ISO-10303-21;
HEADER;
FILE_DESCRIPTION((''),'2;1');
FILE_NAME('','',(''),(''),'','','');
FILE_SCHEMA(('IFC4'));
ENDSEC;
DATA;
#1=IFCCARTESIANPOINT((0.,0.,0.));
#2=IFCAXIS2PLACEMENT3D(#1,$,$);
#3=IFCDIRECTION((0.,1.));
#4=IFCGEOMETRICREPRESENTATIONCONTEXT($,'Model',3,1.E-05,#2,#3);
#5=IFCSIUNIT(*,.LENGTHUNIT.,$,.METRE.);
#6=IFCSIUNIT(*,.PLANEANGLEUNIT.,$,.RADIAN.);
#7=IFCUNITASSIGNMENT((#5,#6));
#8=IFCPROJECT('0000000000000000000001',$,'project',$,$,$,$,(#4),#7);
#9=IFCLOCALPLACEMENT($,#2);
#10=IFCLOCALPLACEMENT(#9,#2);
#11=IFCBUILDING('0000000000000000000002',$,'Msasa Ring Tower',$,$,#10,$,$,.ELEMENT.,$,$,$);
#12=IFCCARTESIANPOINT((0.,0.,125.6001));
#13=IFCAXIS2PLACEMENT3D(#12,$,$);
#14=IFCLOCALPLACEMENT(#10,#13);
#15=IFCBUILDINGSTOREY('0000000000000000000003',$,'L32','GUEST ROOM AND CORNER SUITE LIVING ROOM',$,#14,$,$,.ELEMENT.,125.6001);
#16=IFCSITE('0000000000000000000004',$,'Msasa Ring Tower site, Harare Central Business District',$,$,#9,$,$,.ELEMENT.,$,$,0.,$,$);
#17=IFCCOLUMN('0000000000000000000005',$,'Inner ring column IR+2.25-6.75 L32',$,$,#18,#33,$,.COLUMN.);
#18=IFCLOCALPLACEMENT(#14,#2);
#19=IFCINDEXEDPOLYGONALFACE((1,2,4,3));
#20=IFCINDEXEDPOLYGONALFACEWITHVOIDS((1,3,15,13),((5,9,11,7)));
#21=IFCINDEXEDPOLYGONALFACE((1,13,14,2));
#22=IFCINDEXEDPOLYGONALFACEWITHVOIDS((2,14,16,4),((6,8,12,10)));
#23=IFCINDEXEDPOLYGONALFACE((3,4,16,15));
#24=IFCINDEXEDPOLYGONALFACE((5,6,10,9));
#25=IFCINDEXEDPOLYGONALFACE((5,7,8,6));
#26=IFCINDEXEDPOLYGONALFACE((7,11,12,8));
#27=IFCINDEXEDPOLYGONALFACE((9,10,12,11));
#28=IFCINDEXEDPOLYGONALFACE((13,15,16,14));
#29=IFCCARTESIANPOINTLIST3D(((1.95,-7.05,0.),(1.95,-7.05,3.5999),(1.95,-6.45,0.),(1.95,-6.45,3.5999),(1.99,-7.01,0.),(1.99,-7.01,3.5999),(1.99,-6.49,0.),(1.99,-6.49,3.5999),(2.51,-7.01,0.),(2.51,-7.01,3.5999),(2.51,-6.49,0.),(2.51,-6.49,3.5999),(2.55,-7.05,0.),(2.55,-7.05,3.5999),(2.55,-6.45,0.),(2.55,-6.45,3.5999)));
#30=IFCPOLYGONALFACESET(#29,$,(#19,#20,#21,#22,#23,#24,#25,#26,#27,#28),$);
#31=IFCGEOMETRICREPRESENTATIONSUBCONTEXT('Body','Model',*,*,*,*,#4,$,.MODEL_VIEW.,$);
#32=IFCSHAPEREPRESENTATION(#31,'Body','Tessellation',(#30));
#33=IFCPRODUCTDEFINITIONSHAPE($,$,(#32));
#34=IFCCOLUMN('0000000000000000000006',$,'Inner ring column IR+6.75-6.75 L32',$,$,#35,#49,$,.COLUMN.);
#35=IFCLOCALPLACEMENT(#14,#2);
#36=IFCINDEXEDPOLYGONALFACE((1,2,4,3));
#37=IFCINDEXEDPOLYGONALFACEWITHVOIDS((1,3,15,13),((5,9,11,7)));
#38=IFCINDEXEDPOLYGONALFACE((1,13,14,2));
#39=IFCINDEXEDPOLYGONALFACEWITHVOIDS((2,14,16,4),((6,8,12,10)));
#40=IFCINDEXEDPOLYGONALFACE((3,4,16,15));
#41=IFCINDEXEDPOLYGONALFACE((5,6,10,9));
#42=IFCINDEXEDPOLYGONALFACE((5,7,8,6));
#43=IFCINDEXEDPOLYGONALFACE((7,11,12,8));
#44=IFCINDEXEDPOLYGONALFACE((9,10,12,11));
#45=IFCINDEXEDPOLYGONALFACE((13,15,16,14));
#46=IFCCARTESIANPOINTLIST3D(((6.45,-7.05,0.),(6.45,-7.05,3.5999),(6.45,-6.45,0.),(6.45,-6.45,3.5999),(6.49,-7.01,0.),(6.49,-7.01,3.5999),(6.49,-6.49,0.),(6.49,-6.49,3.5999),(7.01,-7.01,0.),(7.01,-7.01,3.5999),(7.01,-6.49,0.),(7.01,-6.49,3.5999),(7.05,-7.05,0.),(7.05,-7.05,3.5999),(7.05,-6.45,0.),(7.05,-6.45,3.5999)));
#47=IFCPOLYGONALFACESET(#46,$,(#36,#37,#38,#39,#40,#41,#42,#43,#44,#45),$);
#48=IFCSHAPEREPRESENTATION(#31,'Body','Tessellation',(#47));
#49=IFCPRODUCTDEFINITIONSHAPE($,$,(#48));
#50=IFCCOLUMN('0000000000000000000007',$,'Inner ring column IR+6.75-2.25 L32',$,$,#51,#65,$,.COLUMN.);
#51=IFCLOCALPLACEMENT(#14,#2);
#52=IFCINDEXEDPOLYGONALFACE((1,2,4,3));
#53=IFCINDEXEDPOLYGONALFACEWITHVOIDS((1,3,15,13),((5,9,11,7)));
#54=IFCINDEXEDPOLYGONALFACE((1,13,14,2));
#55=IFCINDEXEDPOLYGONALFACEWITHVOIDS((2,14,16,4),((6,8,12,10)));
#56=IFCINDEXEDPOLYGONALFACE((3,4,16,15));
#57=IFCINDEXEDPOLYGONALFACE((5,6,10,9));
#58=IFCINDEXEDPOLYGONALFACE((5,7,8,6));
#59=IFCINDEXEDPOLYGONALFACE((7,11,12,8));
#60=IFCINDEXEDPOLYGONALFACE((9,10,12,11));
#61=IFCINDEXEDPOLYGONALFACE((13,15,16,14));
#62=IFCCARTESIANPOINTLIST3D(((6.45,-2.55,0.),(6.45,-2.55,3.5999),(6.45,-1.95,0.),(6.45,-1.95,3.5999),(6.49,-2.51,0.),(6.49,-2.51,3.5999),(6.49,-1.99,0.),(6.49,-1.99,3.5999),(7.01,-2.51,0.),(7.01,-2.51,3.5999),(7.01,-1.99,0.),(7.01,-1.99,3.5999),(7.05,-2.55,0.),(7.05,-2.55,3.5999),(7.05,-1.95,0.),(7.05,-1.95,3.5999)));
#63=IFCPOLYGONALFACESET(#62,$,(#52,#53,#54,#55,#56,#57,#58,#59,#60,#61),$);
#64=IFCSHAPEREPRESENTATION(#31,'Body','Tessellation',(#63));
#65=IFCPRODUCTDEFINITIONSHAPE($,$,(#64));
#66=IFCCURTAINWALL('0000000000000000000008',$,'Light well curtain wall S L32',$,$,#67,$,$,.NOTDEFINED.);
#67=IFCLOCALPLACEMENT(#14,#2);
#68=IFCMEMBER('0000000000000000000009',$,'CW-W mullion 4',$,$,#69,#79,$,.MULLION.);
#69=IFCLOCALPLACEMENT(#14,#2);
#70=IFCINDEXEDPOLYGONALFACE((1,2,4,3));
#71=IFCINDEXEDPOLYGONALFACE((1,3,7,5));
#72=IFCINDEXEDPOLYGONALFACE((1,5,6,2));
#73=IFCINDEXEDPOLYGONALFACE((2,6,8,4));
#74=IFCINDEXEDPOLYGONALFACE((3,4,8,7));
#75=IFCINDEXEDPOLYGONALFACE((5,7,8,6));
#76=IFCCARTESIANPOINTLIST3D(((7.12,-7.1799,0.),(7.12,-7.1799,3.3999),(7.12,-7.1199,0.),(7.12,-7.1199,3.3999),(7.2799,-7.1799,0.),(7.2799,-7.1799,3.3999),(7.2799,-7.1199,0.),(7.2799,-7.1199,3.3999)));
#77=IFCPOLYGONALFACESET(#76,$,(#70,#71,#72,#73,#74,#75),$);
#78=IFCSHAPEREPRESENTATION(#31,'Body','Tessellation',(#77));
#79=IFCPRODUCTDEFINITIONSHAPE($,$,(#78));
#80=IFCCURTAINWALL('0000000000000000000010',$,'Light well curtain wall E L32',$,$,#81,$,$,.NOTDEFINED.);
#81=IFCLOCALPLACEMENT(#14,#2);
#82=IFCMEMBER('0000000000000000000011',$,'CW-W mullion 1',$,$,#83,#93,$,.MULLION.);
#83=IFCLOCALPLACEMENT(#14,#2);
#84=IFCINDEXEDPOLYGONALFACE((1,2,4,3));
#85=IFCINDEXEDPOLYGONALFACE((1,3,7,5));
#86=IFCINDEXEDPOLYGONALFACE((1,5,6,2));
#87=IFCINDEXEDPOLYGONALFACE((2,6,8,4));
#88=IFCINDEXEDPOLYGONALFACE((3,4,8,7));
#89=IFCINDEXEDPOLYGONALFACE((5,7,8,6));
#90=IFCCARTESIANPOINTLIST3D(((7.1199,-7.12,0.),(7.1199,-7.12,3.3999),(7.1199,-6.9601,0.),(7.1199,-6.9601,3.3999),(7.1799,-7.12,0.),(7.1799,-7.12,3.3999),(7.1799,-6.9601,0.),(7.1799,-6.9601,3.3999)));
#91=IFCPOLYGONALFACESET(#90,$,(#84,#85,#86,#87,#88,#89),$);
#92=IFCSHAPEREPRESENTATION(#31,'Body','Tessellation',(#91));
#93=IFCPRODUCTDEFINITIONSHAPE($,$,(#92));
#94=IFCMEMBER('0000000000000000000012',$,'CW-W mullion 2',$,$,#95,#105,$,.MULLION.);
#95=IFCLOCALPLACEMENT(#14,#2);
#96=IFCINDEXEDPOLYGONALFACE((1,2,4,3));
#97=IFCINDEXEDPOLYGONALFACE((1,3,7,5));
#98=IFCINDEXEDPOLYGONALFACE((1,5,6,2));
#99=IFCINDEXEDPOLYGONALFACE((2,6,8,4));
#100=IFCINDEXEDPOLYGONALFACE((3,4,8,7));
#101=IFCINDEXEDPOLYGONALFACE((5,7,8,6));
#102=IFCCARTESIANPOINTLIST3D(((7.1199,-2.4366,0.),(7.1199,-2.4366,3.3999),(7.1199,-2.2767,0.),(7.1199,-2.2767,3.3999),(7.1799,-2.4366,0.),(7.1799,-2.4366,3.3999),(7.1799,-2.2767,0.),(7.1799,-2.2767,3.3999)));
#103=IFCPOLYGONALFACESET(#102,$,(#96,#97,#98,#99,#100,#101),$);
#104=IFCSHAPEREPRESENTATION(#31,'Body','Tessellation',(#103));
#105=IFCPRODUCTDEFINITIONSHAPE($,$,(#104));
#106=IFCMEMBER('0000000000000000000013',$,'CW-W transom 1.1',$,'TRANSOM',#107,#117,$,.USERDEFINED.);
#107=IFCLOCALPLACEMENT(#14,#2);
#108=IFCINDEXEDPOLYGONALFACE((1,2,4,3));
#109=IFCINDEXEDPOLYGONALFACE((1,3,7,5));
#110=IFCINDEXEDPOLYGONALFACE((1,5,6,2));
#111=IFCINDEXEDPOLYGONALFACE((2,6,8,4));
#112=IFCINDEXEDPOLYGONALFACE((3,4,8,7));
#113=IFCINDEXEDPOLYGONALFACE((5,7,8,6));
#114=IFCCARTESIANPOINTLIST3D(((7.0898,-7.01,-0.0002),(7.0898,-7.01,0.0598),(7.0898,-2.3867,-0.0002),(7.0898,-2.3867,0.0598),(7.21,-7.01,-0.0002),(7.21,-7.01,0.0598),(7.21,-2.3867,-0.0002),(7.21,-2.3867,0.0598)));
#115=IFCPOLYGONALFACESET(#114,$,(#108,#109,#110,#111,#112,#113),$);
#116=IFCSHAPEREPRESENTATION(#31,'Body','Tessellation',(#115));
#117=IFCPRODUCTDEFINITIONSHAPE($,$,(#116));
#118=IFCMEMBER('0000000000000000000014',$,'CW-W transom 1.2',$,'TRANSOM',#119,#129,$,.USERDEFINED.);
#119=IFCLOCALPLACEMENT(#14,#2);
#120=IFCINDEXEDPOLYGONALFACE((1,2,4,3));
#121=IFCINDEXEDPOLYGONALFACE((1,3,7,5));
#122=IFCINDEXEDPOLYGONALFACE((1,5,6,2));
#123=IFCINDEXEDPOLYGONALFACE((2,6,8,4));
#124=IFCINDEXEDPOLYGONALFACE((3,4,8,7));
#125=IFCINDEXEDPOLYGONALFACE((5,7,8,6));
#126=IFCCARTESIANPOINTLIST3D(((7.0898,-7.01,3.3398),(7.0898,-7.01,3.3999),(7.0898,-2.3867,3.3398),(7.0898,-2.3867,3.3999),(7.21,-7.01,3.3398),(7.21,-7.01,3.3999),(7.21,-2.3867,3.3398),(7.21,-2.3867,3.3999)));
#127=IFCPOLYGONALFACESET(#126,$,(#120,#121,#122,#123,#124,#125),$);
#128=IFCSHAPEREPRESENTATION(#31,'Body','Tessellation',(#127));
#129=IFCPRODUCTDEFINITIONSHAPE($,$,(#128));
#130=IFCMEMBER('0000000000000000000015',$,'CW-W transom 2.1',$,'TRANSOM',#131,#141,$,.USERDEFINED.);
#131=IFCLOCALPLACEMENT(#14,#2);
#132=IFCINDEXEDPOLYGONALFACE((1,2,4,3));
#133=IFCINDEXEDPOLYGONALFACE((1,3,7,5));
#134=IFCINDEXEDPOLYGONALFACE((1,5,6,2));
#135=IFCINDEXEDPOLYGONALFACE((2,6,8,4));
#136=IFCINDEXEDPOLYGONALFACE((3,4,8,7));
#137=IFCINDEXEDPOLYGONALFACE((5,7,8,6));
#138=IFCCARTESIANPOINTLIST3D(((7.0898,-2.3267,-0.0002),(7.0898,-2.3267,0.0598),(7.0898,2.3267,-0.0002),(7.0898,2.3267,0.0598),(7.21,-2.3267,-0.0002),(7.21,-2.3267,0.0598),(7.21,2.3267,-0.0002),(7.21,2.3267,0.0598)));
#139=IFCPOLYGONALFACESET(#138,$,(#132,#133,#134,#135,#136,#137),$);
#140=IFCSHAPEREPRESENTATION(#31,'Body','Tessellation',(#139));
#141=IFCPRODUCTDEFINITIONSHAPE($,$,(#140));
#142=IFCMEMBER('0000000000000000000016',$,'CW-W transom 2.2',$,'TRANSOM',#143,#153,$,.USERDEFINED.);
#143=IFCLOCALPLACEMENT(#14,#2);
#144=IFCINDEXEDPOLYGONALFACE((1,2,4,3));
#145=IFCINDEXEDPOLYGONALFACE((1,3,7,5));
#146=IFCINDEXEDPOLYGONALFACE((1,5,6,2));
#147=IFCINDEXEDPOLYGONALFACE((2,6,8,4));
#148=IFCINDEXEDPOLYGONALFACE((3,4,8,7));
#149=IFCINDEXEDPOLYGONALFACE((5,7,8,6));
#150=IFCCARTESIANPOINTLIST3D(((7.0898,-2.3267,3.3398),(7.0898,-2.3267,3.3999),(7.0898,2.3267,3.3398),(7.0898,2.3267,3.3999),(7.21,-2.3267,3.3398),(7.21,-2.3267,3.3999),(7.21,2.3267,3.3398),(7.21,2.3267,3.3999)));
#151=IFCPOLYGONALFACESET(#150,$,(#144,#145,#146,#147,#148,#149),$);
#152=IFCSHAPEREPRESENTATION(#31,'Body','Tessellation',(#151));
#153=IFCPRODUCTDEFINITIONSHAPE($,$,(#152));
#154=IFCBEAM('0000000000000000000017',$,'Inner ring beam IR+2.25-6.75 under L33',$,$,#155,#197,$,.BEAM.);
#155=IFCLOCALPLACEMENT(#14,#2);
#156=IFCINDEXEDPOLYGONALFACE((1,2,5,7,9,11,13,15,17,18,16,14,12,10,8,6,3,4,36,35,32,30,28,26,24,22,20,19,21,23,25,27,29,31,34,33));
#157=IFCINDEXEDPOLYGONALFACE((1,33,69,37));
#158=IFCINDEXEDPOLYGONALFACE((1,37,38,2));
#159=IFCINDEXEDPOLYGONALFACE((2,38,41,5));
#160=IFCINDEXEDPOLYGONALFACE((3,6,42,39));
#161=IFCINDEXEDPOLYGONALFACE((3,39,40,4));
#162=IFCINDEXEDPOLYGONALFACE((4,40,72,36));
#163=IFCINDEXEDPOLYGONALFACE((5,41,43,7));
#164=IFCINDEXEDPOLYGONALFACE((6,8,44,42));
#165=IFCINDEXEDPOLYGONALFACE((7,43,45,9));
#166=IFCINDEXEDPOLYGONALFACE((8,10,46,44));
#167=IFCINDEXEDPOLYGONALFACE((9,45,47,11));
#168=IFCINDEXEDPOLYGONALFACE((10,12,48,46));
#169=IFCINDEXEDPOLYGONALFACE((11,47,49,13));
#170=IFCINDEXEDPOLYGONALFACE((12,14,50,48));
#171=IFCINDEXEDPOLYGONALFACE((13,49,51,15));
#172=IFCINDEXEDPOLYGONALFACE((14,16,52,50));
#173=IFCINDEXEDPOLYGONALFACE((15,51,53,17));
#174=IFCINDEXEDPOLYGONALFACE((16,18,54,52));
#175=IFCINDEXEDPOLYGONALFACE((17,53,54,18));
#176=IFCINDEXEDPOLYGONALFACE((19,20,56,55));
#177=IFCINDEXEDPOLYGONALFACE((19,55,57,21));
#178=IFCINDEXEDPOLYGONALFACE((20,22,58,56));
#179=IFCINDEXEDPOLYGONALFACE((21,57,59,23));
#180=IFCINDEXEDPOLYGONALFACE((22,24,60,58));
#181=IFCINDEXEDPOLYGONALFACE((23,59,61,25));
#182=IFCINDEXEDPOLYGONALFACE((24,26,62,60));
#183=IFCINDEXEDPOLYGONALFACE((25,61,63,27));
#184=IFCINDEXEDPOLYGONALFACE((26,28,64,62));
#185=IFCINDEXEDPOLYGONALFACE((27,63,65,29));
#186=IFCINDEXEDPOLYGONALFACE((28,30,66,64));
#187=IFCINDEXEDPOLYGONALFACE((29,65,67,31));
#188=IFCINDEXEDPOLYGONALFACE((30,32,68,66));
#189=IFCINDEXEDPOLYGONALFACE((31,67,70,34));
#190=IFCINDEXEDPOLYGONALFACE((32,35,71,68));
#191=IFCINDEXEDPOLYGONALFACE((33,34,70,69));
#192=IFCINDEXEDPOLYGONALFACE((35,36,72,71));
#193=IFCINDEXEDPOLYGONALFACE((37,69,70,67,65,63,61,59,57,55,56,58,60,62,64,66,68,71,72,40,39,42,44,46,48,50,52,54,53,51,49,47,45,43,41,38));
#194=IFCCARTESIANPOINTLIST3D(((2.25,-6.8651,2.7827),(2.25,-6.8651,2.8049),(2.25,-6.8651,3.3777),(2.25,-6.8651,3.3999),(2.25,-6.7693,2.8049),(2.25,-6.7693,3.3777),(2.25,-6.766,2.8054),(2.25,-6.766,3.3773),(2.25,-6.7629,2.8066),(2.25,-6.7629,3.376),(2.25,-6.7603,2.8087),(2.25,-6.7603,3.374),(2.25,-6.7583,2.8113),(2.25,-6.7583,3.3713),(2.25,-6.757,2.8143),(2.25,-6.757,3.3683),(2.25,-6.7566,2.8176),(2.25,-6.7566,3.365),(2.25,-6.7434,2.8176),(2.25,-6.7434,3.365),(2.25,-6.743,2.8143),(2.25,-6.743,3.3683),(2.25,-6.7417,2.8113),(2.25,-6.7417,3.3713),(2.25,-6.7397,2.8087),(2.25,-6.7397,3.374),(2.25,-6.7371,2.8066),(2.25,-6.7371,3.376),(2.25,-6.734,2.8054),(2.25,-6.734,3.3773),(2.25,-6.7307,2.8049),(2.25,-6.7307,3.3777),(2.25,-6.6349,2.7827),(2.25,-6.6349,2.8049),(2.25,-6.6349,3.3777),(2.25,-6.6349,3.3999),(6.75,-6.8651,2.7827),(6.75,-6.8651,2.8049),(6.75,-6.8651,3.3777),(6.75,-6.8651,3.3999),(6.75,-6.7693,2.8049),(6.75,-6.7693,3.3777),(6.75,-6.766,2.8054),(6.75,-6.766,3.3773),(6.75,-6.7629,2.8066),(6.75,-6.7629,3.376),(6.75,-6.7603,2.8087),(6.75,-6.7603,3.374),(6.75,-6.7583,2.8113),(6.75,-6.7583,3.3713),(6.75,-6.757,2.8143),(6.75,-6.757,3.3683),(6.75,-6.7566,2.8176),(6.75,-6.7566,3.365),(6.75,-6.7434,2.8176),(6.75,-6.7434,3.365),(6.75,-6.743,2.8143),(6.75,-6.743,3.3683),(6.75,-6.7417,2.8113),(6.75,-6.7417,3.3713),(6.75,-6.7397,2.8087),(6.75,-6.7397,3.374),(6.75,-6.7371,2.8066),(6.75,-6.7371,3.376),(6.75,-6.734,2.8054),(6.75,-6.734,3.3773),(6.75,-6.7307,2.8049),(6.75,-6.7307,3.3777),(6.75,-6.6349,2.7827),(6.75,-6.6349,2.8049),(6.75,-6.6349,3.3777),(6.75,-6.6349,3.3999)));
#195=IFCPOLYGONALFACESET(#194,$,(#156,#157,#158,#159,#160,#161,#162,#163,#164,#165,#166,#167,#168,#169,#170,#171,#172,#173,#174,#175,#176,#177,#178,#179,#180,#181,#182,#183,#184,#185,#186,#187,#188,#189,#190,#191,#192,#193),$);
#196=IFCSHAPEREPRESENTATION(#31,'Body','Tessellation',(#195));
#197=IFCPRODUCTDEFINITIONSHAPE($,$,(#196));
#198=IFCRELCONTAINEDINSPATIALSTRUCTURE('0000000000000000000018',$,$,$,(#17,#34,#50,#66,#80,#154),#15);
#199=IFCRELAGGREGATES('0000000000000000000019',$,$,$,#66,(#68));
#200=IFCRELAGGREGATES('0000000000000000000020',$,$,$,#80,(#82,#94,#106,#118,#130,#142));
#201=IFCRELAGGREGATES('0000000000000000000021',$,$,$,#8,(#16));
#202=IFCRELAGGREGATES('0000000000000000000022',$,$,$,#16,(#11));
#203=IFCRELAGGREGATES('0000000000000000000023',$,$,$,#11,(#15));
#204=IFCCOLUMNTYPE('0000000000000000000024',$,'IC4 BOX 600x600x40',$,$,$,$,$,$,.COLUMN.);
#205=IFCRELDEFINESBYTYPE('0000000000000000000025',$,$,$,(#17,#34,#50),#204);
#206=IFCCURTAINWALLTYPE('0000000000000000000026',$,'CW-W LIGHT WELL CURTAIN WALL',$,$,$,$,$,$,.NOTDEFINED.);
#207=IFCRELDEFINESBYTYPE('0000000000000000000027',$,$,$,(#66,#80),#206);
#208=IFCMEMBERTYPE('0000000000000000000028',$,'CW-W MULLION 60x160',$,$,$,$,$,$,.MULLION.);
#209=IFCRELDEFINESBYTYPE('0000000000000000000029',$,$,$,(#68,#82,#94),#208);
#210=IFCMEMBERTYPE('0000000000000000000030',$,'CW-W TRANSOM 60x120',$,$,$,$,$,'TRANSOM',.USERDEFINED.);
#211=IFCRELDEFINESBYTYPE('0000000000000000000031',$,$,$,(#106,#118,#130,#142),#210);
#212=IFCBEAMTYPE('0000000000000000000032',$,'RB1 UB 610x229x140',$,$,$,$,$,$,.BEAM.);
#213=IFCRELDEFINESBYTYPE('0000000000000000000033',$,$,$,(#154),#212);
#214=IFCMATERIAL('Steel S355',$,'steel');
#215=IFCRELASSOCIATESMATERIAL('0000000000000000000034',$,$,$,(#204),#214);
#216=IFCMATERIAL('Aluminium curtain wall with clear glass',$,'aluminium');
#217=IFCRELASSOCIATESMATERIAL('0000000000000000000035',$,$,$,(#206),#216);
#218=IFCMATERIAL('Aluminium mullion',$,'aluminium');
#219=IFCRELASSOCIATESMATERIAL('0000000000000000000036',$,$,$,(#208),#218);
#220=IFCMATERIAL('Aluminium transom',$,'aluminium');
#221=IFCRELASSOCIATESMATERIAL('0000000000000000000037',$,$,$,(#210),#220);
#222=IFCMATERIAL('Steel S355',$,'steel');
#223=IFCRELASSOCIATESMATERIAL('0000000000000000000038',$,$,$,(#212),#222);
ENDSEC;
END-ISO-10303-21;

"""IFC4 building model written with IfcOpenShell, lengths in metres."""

from ifc_helpers import new_model, si_unit, direction, frame, origin, origin_2d, place, context, subcontext, project, spatial, rectangle, hollow_rectangle, i_section, extrude, material, material_profile, profile_set, type_object, element, aggregate, save


model = new_model("IFC4")

# Units and contexts
model_context = context("Model", 3, precision=1e-05, world=origin(), true_north=direction((0.0, 1.0)))
body_context = subcontext(model_context, "Body", "Model", "MODEL_VIEW")
ifc_project = project(units=[si_unit("LENGTHUNIT", "METRE"), si_unit("PLANEANGLEUNIT", "RADIAN")], contexts=[model_context])

# Site, building, storey
site_placement = place(None, origin())
site = spatial("IfcSite", under=ifc_project, at=site_placement, Name="Msasa Ring Tower site, Harare Central Business District", CompositionType="ELEMENT", RefElevation=0.0)
building_placement = place(site_placement, origin())
building = spatial("IfcBuilding", under=site, at=building_placement, Name="Msasa Ring Tower", CompositionType="ELEMENT")
storey_placement = place(building_placement, frame((0.0, 0.0, 125.6001)))
storey = spatial("IfcBuildingStorey", under=building, at=storey_placement, Name="L32", Description="GUEST ROOM AND CORNER SUITE LIVING ROOM", CompositionType="ELEMENT", Elevation=125.6001)

# Columns
ifc_material_1 = material(Name="Steel S355", Category="steel")
ifc_material_profile_1 = material_profile(ifc_material_1, hollow_rectangle(XDim=0.6001, YDim=0.6001, WallThickness=0.04, at=origin_2d()), Name="BOX 600x600x40")
ifc_profile_set_1 = profile_set([ifc_material_profile_1], Name="Steel S355")
column_type = type_object("IfcColumnType", Name="IC4 BOX 600x600x40", PredefinedType="COLUMN", material=ifc_profile_set_1)
for number, where, z_axis, x_axis, name in (
    (1, (2.25, -6.75, 0.0), (0.0, 0.0, 1.0), (1.0, 0.0, 0.0), "Inner ring column IR+2.25-6.75 L32"),
    (2, (6.75, -6.75, 0.0), (0.0, 0.0, 1.0), (1.0, 0.0, 0.0), "Inner ring column IR+6.75-6.75 L32"),
    (3, (6.75, -2.25, 0.0), (0.0, 0.0, 1.0), (1.0, 0.0, 0.0), "Inner ring column IR+6.75-2.25 L32"),
):
    element("IfcColumn", number, at=place(storey_placement, frame(where, z_axis=z_axis, x_axis=x_axis)), inside=storey, type_object=column_type, Name=name, PredefinedType="COLUMN", context=body_context, shape_type="SweptSolid", body=[
        extrude(hollow_rectangle(XDim=0.6001, YDim=0.6001, WallThickness=0.04, at=origin_2d()), origin(), (0.0, 0.0, 1.0), 3.5999),
    ])

# Curtain wall, member
ifc_material_2 = material(Name="Aluminium curtain wall with clear glass", Category="aluminium")
curtain_wall_type = type_object("IfcCurtainWallType", Name="CW-W LIGHT WELL CURTAIN WALL", PredefinedType="NOTDEFINED", material=ifc_material_2)
curtain_wall_1_placement = place(storey_placement, origin())
curtain_wall_1 = element("IfcCurtainWall", 4, at=curtain_wall_1_placement, inside=storey, type_object=curtain_wall_type, Name="Light well curtain wall S L32", PredefinedType="NOTDEFINED")
ifc_material_3 = material(Name="Aluminium mullion", Category="aluminium")
ifc_material_profile_2 = material_profile(ifc_material_3, rectangle(XDim=0.0601, YDim=0.1599, at=origin_2d()), Name="AL 60x160")
ifc_profile_set_2 = profile_set([ifc_material_profile_2], Name="Aluminium mullion")
member_type_1 = type_object("IfcMemberType", Name="CW-W MULLION 60x160", PredefinedType="MULLION", material=ifc_profile_set_2)
member_1_placement = place(storey_placement, frame((7.2, -7.1499, 0.0), z_axis=(0.0, 0.0, 1.0), x_axis=(0.0, 1.0, 0.0)))
member_1 = element("IfcMember", 5, at=member_1_placement, type_object=member_type_1, Name="CW-W mullion 4", PredefinedType="MULLION", context=body_context, shape_type="SweptSolid", body=[
    extrude(rectangle(XDim=0.0601, YDim=0.1599, at=origin_2d()), origin(), (0.0, 0.0, 1.0), 3.3999),
])
aggregate(curtain_wall_1, [member_1])

# Curtain wall, members
curtain_wall_2_placement = place(storey_placement, origin())
curtain_wall_2 = element("IfcCurtainWall", 6, at=curtain_wall_2_placement, inside=storey, type_object=curtain_wall_type, Name="Light well curtain wall E L32", PredefinedType="NOTDEFINED")
member_2_placement = place(storey_placement, frame((7.1499, -7.04, 0.0), z_axis=(0.0, 0.0, 1.0), x_axis=(-1.0, 0.0, 0.0)))
member_2 = element("IfcMember", 7, at=member_2_placement, type_object=member_type_1, Name="CW-W mullion 1", PredefinedType="MULLION", context=body_context, shape_type="SweptSolid", body=[
    extrude(rectangle(XDim=0.0601, YDim=0.1599, at=origin_2d()), origin(), (0.0, 0.0, 1.0), 3.3999),
])
member_3_placement = place(storey_placement, frame((7.1499, -2.3567, 0.0), z_axis=(0.0, 0.0, 1.0), x_axis=(-1.0, 0.0, 0.0)))
member_3 = element("IfcMember", 8, at=member_3_placement, type_object=member_type_1, Name="CW-W mullion 2", PredefinedType="MULLION", context=body_context, shape_type="SweptSolid", body=[
    extrude(rectangle(XDim=0.0601, YDim=0.1599, at=origin_2d()), origin(), (0.0, 0.0, 1.0), 3.3999),
])
ifc_material_4 = material(Name="Aluminium transom", Category="aluminium")
ifc_material_profile_3 = material_profile(ifc_material_4, rectangle(XDim=0.1201, YDim=0.0601, at=origin_2d()), Name="AL 60x120")
ifc_profile_set_3 = profile_set([ifc_material_profile_3], Name="Aluminium transom")
member_type_2 = type_object("IfcMemberType", Name="CW-W TRANSOM 60x120", ElementType="TRANSOM", PredefinedType="USERDEFINED", material=ifc_profile_set_3)
member_4_placement = place(storey_placement, frame((7.1499, -7.01, 0.0298), z_axis=(0.0, 1.0, 0.0), x_axis=(-1.0, 0.0, 0.0)))
member_4 = element("IfcMember", 9, at=member_4_placement, type_object=member_type_2, Name="CW-W transom 1.1", ObjectType="TRANSOM", PredefinedType="USERDEFINED", context=body_context, shape_type="SweptSolid", body=[
    extrude(rectangle(XDim=0.1201, YDim=0.0601, at=origin_2d()), origin(), (0.0, 0.0, 1.0), 4.6233),
])
member_5_placement = place(storey_placement, frame((7.1499, -7.01, 3.3699), z_axis=(0.0, 1.0, 0.0), x_axis=(-1.0, 0.0, 0.0)))
member_5 = element("IfcMember", 10, at=member_5_placement, type_object=member_type_2, Name="CW-W transom 1.2", ObjectType="TRANSOM", PredefinedType="USERDEFINED", context=body_context, shape_type="SweptSolid", body=[
    extrude(rectangle(XDim=0.1201, YDim=0.0601, at=origin_2d()), origin(), (0.0, 0.0, 1.0), 4.6233),
])
member_6_placement = place(storey_placement, frame((7.1499, -2.3267, 0.0298), z_axis=(0.0, 1.0, 0.0), x_axis=(-1.0, 0.0, 0.0)))
member_6 = element("IfcMember", 11, at=member_6_placement, type_object=member_type_2, Name="CW-W transom 2.1", ObjectType="TRANSOM", PredefinedType="USERDEFINED", context=body_context, shape_type="SweptSolid", body=[
    extrude(rectangle(XDim=0.1201, YDim=0.0601, at=origin_2d()), origin(), (0.0, 0.0, 1.0), 4.6533),
])
member_7_placement = place(storey_placement, frame((7.1499, -2.3267, 3.3699), z_axis=(0.0, 1.0, 0.0), x_axis=(-1.0, 0.0, 0.0)))
member_7 = element("IfcMember", 12, at=member_7_placement, type_object=member_type_2, Name="CW-W transom 2.2", ObjectType="TRANSOM", PredefinedType="USERDEFINED", context=body_context, shape_type="SweptSolid", body=[
    extrude(rectangle(XDim=0.1201, YDim=0.0601, at=origin_2d()), origin(), (0.0, 0.0, 1.0), 4.6533),
])

# Beam
ifc_material_5 = material(Name="Steel S355", Category="steel")
ifc_material_profile_4 = material_profile(ifc_material_5, i_section(OverallWidth=0.2302, OverallDepth=0.6172, WebThickness=0.0132, FlangeThickness=0.0222, FilletRadius=0.0127, at=origin_2d()), Name="UB 610x229x140")
ifc_profile_set_4 = profile_set([ifc_material_profile_4], Name="Steel S355")
beam_type = type_object("IfcBeamType", Name="RB1 UB 610x229x140", PredefinedType="BEAM", material=ifc_profile_set_4)
for number, where, z_axis, x_axis, name in (
    (13, (2.25, -6.75, 3.0913), (1.0, 0.0, 0.0), (0.0, 1.0, 0.0), "Inner ring beam IR+2.25-6.75 under L33"),
):
    element("IfcBeam", number, at=place(storey_placement, frame(where, z_axis=z_axis, x_axis=x_axis)), inside=storey, type_object=beam_type, Name=name, PredefinedType="BEAM", context=body_context, shape_type="SweptSolid", body=[
        extrude(i_section(OverallWidth=0.2302, OverallDepth=0.6172, WebThickness=0.0132, FlangeThickness=0.0222, FilletRadius=0.0127, at=origin_2d()), origin(), (0.0, 0.0, 1.0), 4.5),
    ])

aggregate(curtain_wall_2, [member_2, member_3, member_4, member_5, member_6, member_7])

save(model, "model.ifc")
